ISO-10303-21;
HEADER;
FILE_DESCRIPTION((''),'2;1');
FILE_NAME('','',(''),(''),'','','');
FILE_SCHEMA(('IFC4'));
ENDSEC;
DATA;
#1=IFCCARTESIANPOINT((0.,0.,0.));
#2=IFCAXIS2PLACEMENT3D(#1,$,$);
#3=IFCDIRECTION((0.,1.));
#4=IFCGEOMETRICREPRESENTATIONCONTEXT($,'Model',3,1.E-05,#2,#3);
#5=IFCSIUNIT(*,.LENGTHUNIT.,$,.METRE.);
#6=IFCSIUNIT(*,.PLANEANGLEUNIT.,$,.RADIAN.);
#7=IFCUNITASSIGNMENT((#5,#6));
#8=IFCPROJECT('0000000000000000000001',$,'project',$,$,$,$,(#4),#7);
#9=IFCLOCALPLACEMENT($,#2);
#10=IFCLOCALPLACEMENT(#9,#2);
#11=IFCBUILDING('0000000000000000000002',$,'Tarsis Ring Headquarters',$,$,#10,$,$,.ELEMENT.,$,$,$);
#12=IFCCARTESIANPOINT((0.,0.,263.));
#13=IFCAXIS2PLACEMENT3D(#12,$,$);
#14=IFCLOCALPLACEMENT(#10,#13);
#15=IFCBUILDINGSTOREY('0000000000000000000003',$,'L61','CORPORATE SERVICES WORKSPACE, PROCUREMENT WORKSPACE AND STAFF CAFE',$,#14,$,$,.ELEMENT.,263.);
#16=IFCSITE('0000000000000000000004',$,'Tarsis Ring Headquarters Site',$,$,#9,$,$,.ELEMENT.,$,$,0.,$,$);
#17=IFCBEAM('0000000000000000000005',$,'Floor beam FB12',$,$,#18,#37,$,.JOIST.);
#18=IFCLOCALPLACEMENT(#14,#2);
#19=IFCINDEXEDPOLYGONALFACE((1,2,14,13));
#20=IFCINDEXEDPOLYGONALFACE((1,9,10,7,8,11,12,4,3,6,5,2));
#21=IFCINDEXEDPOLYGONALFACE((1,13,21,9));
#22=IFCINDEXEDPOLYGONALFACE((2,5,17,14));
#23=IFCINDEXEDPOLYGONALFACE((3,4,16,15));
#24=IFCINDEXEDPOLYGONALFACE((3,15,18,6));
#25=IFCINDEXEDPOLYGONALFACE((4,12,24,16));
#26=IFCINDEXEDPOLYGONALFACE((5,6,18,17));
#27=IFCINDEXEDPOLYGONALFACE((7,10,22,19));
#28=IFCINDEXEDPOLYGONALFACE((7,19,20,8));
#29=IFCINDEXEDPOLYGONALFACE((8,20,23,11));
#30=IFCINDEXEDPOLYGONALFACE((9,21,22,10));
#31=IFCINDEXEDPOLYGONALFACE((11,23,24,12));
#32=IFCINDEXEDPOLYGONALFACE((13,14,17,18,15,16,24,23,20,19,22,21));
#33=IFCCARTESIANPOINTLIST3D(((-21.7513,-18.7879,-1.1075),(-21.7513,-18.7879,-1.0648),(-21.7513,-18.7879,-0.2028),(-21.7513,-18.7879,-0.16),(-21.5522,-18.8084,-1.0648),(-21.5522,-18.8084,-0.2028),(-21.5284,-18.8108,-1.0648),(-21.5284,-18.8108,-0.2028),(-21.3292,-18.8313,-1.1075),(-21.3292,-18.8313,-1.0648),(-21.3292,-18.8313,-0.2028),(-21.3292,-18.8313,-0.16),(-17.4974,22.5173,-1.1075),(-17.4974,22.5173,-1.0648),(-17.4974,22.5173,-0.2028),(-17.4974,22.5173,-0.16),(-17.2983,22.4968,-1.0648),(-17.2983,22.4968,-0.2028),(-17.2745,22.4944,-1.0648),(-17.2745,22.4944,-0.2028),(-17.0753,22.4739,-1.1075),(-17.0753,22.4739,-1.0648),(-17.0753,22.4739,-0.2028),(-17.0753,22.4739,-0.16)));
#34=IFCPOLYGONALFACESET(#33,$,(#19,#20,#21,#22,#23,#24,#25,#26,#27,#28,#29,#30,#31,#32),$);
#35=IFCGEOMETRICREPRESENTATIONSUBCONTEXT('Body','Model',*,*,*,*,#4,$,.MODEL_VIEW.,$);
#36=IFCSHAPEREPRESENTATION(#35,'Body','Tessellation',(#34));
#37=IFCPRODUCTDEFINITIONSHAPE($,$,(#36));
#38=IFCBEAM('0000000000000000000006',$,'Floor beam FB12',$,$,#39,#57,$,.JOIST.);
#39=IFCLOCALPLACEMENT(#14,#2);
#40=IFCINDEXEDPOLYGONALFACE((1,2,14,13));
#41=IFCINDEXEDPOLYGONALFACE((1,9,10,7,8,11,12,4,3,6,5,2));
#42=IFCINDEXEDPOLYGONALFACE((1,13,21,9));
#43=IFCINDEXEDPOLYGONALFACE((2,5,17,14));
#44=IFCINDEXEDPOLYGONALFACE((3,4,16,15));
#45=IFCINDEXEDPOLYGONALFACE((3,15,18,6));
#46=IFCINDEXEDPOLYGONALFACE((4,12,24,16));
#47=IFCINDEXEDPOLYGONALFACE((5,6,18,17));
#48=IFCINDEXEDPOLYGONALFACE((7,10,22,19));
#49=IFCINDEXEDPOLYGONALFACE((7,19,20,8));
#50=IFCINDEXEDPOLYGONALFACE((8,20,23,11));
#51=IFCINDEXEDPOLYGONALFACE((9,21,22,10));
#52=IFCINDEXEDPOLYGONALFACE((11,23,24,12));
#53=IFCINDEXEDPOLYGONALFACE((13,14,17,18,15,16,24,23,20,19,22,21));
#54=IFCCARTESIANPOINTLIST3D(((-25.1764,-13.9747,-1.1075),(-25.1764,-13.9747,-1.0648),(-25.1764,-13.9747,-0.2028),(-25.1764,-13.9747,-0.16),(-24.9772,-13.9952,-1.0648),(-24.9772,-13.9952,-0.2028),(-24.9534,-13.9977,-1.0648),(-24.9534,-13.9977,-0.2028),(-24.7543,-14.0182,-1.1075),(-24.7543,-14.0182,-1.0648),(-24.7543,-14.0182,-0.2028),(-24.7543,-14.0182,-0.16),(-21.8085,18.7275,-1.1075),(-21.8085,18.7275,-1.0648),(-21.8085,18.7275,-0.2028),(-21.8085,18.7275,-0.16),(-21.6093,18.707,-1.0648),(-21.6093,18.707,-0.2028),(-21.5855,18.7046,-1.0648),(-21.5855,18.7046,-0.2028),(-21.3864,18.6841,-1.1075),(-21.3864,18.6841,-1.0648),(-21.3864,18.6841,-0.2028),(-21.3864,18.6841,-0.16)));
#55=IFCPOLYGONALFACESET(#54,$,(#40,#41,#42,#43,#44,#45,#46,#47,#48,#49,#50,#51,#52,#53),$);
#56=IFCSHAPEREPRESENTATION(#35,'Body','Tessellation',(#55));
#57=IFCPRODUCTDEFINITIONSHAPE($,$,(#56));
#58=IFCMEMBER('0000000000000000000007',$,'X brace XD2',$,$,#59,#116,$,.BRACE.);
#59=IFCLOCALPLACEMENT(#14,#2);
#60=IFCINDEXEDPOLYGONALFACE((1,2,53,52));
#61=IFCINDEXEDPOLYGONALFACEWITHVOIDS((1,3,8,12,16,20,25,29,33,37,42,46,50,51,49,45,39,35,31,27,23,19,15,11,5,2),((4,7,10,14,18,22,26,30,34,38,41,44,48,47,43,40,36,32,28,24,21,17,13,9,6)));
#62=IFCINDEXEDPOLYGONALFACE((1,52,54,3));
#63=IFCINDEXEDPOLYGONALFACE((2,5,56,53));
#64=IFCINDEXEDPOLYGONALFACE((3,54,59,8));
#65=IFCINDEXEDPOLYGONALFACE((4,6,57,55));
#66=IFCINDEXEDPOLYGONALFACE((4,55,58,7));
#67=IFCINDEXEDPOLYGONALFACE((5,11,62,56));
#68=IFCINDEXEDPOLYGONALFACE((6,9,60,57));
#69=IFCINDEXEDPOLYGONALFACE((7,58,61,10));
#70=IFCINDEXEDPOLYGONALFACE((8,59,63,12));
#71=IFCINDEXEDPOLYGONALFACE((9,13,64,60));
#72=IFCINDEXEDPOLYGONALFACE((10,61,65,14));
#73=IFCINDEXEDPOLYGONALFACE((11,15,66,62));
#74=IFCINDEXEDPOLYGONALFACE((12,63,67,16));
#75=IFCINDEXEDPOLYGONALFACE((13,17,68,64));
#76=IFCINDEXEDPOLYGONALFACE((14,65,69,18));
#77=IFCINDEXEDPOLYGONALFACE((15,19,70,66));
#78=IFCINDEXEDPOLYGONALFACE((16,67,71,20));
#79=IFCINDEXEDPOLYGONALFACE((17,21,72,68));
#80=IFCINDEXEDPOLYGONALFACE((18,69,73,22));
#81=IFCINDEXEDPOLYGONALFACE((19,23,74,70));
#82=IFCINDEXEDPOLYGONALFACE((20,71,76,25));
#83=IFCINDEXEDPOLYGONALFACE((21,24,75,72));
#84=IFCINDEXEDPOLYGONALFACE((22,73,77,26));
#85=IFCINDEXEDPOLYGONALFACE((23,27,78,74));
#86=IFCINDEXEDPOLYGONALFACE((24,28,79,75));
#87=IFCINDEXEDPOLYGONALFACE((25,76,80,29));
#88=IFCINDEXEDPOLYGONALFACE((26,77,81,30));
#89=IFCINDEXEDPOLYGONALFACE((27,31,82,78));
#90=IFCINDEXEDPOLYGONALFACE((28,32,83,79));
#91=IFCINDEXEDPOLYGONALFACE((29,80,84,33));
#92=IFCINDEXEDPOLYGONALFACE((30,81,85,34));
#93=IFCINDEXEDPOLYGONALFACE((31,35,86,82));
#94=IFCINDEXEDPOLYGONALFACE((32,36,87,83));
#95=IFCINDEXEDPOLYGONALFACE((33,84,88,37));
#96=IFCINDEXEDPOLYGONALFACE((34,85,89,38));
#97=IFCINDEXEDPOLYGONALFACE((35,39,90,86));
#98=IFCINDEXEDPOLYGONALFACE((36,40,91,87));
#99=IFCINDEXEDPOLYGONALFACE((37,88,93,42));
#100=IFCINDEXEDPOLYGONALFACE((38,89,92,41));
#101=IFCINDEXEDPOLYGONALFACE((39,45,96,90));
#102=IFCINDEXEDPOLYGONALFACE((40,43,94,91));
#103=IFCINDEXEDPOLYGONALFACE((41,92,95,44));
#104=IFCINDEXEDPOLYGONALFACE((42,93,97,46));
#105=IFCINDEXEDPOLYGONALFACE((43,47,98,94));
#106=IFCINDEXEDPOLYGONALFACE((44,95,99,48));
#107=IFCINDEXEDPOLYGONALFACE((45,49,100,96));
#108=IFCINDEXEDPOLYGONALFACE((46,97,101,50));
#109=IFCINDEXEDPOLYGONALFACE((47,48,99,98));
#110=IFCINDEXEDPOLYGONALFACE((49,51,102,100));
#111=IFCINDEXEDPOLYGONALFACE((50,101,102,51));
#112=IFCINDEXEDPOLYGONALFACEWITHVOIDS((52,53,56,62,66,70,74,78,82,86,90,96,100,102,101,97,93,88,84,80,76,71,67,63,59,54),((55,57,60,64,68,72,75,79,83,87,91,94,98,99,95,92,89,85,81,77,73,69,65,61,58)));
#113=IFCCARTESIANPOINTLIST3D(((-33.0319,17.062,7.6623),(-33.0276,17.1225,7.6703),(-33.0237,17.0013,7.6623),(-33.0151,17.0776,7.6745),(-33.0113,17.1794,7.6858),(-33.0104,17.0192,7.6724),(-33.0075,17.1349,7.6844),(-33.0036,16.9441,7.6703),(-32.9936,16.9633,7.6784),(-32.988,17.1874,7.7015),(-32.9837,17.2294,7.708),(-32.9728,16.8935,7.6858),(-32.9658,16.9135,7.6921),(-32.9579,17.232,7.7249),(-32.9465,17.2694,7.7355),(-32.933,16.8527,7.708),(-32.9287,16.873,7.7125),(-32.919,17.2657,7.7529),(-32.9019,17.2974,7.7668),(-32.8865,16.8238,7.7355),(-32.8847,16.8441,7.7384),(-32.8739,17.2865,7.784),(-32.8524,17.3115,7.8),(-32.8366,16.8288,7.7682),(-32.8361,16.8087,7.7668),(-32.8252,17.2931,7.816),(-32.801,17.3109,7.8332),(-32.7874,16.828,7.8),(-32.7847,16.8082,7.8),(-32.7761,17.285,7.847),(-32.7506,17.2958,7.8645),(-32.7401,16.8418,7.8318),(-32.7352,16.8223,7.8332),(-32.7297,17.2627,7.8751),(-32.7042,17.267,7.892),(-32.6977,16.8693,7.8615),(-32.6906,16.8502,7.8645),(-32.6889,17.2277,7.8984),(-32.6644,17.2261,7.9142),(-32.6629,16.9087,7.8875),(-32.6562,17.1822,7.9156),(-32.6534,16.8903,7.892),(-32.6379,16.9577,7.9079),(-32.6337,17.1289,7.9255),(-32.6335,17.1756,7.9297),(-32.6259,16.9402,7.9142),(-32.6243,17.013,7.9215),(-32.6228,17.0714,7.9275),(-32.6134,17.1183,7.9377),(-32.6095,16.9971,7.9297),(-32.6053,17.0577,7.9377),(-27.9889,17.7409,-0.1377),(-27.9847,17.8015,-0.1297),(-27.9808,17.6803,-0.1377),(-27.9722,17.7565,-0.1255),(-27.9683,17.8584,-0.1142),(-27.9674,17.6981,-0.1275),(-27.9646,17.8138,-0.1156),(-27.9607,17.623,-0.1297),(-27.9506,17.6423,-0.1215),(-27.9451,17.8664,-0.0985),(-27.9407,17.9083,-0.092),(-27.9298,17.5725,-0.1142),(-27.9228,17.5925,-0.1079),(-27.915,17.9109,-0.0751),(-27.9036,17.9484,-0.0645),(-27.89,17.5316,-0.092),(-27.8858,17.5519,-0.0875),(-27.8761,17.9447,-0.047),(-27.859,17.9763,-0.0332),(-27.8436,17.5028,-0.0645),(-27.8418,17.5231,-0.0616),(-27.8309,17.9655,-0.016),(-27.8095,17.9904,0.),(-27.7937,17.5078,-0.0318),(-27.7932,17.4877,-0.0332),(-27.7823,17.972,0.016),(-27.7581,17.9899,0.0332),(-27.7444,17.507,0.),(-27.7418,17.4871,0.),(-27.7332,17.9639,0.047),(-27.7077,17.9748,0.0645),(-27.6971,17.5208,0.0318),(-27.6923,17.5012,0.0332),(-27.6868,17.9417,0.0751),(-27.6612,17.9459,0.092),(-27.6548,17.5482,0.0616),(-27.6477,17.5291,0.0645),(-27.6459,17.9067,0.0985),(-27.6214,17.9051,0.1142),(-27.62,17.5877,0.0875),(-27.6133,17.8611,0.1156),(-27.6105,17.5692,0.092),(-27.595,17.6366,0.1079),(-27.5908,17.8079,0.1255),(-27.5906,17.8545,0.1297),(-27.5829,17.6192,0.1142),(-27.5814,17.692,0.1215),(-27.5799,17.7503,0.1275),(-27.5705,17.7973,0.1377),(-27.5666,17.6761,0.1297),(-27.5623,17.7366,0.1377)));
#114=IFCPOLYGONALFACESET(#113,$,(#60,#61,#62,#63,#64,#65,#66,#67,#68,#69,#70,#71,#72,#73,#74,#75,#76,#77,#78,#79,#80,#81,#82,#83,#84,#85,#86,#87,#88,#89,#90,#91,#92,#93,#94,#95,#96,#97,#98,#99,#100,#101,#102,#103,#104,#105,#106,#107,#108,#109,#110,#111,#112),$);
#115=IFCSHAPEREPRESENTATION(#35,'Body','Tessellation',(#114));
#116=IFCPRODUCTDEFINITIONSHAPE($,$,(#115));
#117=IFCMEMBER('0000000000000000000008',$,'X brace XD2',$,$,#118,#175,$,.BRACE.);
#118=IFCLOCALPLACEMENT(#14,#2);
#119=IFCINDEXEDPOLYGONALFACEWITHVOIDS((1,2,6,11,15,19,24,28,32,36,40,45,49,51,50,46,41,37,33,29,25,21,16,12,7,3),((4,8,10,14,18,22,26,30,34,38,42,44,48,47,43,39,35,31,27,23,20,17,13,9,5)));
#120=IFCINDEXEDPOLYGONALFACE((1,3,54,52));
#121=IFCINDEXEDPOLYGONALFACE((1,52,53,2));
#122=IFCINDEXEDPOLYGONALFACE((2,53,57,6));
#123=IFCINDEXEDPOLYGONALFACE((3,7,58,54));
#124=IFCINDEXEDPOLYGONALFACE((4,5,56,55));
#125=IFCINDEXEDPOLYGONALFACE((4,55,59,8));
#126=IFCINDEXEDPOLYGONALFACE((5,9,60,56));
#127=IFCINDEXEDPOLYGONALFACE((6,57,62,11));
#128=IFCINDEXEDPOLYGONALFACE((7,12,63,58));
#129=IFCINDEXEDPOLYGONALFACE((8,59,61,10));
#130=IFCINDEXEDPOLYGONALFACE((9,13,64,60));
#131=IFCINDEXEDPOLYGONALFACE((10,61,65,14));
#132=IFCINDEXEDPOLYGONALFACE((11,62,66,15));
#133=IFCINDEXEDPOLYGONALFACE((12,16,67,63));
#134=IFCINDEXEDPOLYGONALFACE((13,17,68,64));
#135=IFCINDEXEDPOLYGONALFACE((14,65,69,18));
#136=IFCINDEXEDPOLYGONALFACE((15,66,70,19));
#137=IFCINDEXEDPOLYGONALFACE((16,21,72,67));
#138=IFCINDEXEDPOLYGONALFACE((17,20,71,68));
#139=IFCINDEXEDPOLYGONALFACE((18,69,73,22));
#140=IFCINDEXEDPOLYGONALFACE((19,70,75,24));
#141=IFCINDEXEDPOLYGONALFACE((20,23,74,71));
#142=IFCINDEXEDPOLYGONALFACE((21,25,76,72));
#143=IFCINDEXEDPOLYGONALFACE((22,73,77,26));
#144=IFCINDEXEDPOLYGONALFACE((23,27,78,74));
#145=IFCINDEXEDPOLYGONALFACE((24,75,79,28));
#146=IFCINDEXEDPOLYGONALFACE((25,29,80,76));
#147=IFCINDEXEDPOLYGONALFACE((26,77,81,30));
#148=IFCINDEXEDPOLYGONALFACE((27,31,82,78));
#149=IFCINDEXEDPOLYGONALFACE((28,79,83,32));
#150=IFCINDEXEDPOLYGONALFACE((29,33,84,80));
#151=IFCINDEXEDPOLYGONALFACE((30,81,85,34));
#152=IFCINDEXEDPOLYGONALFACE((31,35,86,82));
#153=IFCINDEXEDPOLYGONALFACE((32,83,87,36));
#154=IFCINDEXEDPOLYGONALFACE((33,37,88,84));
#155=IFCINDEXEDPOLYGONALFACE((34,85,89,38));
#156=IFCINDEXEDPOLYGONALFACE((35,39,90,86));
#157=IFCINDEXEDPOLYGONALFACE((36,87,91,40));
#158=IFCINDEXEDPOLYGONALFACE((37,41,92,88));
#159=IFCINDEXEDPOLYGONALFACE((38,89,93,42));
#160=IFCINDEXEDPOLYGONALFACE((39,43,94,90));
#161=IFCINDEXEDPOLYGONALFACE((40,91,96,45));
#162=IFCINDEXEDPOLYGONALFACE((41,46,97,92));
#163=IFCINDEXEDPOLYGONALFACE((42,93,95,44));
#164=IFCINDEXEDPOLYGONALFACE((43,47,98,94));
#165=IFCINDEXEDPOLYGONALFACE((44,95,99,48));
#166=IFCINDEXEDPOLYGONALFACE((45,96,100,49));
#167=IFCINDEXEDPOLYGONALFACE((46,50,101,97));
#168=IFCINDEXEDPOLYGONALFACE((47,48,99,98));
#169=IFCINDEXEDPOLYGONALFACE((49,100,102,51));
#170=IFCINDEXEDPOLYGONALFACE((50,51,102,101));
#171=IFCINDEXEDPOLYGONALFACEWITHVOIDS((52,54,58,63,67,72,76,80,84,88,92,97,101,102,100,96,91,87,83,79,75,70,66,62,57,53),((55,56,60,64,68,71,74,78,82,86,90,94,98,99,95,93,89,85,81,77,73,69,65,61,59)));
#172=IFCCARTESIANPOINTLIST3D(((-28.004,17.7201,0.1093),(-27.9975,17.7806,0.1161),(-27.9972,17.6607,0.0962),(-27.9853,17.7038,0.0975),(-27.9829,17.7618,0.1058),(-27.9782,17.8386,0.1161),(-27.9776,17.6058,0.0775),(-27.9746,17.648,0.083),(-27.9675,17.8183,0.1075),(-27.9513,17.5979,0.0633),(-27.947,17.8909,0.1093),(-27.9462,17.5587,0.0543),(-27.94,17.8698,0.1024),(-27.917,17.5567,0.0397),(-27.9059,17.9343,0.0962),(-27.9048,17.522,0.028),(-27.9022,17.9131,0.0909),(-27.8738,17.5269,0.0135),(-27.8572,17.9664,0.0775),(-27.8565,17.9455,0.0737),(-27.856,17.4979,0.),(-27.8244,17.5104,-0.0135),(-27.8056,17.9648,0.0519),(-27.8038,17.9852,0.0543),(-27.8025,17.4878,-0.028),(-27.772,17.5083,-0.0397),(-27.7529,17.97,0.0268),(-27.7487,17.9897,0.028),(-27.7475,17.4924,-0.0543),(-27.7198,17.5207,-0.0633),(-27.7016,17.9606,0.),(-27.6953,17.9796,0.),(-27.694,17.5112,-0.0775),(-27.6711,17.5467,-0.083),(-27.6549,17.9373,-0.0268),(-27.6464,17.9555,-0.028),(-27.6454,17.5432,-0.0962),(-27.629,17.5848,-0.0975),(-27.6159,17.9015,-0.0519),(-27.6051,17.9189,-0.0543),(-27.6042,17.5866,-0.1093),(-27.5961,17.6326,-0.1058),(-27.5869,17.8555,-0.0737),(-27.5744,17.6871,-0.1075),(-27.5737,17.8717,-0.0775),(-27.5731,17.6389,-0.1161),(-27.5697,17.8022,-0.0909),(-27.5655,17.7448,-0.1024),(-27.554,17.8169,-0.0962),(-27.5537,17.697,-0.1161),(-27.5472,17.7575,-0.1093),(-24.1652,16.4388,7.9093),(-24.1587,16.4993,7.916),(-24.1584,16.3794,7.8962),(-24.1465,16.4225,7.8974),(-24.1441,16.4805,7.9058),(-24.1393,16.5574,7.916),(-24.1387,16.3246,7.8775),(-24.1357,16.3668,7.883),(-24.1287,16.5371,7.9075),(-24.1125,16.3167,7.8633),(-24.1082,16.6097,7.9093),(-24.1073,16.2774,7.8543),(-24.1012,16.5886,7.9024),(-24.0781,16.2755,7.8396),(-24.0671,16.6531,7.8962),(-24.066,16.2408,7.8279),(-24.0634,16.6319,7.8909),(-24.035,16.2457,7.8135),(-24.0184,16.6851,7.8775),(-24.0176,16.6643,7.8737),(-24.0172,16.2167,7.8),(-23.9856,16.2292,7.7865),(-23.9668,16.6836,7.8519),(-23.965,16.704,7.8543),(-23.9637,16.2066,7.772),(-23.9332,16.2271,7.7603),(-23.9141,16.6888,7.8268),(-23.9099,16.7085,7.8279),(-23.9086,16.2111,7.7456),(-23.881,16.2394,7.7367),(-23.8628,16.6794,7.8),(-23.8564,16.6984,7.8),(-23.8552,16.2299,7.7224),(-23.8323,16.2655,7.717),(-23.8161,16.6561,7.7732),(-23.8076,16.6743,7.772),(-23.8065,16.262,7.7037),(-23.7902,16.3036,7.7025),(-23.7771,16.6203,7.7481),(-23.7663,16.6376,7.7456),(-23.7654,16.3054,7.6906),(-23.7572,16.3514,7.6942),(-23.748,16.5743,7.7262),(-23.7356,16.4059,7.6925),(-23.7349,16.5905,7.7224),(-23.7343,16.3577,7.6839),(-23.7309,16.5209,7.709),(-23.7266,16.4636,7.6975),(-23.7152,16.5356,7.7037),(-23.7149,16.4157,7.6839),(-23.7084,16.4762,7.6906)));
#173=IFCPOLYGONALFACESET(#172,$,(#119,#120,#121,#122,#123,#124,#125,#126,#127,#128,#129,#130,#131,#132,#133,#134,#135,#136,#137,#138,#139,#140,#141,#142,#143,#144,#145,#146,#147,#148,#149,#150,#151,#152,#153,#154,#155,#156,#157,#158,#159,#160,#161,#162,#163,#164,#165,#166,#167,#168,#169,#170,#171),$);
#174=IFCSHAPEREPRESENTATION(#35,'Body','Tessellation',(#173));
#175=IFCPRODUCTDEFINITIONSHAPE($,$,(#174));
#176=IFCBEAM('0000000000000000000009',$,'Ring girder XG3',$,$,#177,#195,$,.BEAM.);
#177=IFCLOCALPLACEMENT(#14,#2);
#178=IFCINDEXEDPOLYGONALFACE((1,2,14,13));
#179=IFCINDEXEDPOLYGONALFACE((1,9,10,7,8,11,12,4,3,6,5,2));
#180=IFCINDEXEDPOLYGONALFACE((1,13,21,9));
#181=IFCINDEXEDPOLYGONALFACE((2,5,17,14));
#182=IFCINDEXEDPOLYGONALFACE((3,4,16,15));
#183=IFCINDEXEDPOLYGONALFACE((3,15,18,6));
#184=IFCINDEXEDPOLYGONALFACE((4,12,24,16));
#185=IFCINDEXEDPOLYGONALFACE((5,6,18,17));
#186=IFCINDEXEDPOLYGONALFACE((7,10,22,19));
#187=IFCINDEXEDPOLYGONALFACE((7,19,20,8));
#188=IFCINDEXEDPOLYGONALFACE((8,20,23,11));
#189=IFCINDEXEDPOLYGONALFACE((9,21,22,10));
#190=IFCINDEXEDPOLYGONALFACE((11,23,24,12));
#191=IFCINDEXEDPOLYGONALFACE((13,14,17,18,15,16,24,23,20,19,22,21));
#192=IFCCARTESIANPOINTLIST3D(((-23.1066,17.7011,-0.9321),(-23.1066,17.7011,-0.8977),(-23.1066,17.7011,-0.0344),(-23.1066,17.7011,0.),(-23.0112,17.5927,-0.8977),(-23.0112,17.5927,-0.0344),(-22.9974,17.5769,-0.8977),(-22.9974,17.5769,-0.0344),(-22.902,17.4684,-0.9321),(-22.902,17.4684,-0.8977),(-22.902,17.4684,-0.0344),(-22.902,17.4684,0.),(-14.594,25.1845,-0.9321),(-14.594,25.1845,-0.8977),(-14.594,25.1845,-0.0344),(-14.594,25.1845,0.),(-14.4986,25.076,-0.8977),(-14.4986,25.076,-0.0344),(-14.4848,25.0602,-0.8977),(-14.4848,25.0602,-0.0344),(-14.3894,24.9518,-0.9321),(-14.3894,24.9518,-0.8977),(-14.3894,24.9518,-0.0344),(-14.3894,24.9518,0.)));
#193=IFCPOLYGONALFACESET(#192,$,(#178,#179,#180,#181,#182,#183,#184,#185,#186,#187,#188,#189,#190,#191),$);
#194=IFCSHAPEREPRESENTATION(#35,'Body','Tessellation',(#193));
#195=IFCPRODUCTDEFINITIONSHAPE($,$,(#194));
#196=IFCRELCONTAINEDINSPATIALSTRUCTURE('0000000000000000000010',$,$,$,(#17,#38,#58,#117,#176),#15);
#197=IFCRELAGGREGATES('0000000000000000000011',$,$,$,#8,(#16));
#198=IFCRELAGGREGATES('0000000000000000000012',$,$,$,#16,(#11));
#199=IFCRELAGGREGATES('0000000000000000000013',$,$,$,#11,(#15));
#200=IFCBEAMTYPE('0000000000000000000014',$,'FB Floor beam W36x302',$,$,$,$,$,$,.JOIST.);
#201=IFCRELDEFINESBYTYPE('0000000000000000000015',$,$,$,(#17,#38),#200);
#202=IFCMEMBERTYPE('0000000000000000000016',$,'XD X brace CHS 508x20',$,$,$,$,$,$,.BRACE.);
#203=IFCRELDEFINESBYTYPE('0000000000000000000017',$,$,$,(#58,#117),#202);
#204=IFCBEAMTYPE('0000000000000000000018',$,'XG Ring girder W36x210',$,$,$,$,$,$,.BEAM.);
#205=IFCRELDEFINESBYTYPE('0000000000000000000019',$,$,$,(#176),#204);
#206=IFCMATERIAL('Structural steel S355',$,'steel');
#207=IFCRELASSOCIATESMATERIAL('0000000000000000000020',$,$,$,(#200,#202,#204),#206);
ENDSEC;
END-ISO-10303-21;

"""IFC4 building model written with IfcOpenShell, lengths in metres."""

from ifc_helpers import new_model, si_unit, direction, frame, origin, origin_2d, place, context, subcontext, project, spatial, hollow_circle, i_section, extrude, material, material_profile, profile_set, type_object, element, save


model = new_model("IFC4")

# Units and contexts
model_context = context("Model", 3, precision=1e-05, world=origin(), true_north=direction((0.0, 1.0)))
body_context = subcontext(model_context, "Body", "Model", "MODEL_VIEW")
ifc_project = project(units=[si_unit("LENGTHUNIT", "METRE"), si_unit("PLANEANGLEUNIT", "RADIAN")], contexts=[model_context])

# Site, building, storey
site_placement = place(None, origin())
site = spatial("IfcSite", under=ifc_project, at=site_placement, Name="Tarsis Ring Headquarters Site", CompositionType="ELEMENT", RefElevation=0.0)
building_placement = place(site_placement, origin())
building = spatial("IfcBuilding", under=site, at=building_placement, Name="Tarsis Ring Headquarters", CompositionType="ELEMENT")
storey_placement = place(building_placement, frame((0.0, 0.0, 263.0)))
storey = spatial("IfcBuildingStorey", under=building, at=storey_placement, Name="L61", Description="CORPORATE SERVICES WORKSPACE, PROCUREMENT WORKSPACE AND STAFF CAFE", CompositionType="ELEMENT", Elevation=263.0)

# Shared definitions
ifc_material_1 = material(Name="Structural steel S355", Category="steel")

# Beams
ifc_material_profile_1 = material_profile(ifc_material_1, i_section(OverallWidth=0.4243, OverallDepth=0.9475, WebThickness=0.0239, FlangeThickness=0.0427, at=origin_2d()), Name="W36x302")
ifc_profile_set_1 = profile_set([ifc_material_profile_1], Name="Structural steel S355")
beam_type_1 = type_object("IfcBeamType", Name="FB Floor beam W36x302", PredefinedType="JOIST", material=ifc_profile_set_1)
beam_1_placement = place(storey_placement, frame((-17.2864, 22.4956, -0.6338), z_axis=(-0.102445, -0.994739, 0.0), x_axis=(0.994739, -0.102445, 0.0)))
element("IfcBeam", 1, at=beam_1_placement, inside=storey, type_object=beam_type_1, Name="Floor beam FB12", PredefinedType="JOIST", context=body_context, shape_type="SweptSolid", body=[
    extrude(i_section(OverallWidth=0.4243, OverallDepth=0.9475, WebThickness=0.0239, FlangeThickness=0.0427, at=origin_2d()), origin(), (0.0, 0.0, 1.0), 41.5237),
])
beam_2_placement = place(storey_placement, frame((-21.5974, 18.7058, -0.6338), z_axis=(-0.102445, -0.994739, 0.0), x_axis=(0.994739, -0.102445, 0.0)))
element("IfcBeam", 2, at=beam_2_placement, inside=storey, type_object=beam_type_1, Name="Floor beam FB12", PredefinedType="JOIST", context=body_context, shape_type="SweptSolid", body=[
    extrude(i_section(OverallWidth=0.4243, OverallDepth=0.9475, WebThickness=0.0239, FlangeThickness=0.0427, at=origin_2d()), origin(), (0.0, 0.0, 1.0), 32.8752),
])

# Members
ifc_material_profile_2 = material_profile(ifc_material_1, hollow_circle(Radius=0.2539, WallThickness=0.02, at=origin_2d()), Name="CHS 508x20")
ifc_profile_set_2 = profile_set([ifc_material_profile_2], Name="Structural steel S355")
member_type = type_object("IfcMemberType", Name="XD X brace CHS 508x20", PredefinedType="BRACE", material=ifc_profile_set_2)
member_1_placement = place(storey_placement, frame((-27.7756, 17.7388, 0.0), z_axis=(-0.541494, -0.072903, 0.837538), x_axis=(0.13343, -0.991058, 0.0)))
element("IfcMember", 3, at=member_1_placement, inside=storey, type_object=member_type, Name="X brace XD2", PredefinedType="BRACE", context=body_context, shape_type="SweptSolid", body=[
    extrude(hollow_circle(Radius=0.2539, WallThickness=0.02, at=origin_2d()), origin(), (0.0, 0.0, 1.0), 9.313),
])
member_2_placement = place(storey_placement, frame((-27.7756, 17.7388, 0.0), z_axis=(0.436858, -0.145805, 0.887635), x_axis=(0.31659, 0.948563, 0.0)))
element("IfcMember", 4, at=member_2_placement, inside=storey, type_object=member_type, Name="X brace XD2", PredefinedType="BRACE", context=body_context, shape_type="SweptSolid", body=[
    extrude(hollow_circle(Radius=0.2539, WallThickness=0.02, at=origin_2d()), origin(), (0.0, 0.0, 1.0), 8.7874),
])

# Beam
ifc_material_profile_3 = material_profile(ifc_material_1, i_section(OverallWidth=0.3098, OverallDepth=0.9321, WebThickness=0.021, FlangeThickness=0.0344, at=origin_2d()), Name="W36x210")
ifc_profile_set_3 = profile_set([ifc_material_profile_3], Name="Structural steel S355")
beam_type_2 = type_object("IfcBeamType", Name="XG Ring girder W36x210", PredefinedType="BEAM", material=ifc_profile_set_3)
beam_3_placement = place(storey_placement, frame((-14.4917, 25.0681, -0.4661), z_axis=(-0.751054, -0.660241, 0.0), x_axis=(0.660241, -0.751054, 0.0)))
element("IfcBeam", 5, at=beam_3_placement, inside=storey, type_object=beam_type_2, Name="Ring girder XG3", PredefinedType="BEAM", context=body_context, shape_type="SweptSolid", body=[
    extrude(i_section(OverallWidth=0.3098, OverallDepth=0.9321, WebThickness=0.021, FlangeThickness=0.0344, at=origin_2d()), origin(), (0.0, 0.0, 1.0), 11.3342),
])

save(model, "model.ifc")
